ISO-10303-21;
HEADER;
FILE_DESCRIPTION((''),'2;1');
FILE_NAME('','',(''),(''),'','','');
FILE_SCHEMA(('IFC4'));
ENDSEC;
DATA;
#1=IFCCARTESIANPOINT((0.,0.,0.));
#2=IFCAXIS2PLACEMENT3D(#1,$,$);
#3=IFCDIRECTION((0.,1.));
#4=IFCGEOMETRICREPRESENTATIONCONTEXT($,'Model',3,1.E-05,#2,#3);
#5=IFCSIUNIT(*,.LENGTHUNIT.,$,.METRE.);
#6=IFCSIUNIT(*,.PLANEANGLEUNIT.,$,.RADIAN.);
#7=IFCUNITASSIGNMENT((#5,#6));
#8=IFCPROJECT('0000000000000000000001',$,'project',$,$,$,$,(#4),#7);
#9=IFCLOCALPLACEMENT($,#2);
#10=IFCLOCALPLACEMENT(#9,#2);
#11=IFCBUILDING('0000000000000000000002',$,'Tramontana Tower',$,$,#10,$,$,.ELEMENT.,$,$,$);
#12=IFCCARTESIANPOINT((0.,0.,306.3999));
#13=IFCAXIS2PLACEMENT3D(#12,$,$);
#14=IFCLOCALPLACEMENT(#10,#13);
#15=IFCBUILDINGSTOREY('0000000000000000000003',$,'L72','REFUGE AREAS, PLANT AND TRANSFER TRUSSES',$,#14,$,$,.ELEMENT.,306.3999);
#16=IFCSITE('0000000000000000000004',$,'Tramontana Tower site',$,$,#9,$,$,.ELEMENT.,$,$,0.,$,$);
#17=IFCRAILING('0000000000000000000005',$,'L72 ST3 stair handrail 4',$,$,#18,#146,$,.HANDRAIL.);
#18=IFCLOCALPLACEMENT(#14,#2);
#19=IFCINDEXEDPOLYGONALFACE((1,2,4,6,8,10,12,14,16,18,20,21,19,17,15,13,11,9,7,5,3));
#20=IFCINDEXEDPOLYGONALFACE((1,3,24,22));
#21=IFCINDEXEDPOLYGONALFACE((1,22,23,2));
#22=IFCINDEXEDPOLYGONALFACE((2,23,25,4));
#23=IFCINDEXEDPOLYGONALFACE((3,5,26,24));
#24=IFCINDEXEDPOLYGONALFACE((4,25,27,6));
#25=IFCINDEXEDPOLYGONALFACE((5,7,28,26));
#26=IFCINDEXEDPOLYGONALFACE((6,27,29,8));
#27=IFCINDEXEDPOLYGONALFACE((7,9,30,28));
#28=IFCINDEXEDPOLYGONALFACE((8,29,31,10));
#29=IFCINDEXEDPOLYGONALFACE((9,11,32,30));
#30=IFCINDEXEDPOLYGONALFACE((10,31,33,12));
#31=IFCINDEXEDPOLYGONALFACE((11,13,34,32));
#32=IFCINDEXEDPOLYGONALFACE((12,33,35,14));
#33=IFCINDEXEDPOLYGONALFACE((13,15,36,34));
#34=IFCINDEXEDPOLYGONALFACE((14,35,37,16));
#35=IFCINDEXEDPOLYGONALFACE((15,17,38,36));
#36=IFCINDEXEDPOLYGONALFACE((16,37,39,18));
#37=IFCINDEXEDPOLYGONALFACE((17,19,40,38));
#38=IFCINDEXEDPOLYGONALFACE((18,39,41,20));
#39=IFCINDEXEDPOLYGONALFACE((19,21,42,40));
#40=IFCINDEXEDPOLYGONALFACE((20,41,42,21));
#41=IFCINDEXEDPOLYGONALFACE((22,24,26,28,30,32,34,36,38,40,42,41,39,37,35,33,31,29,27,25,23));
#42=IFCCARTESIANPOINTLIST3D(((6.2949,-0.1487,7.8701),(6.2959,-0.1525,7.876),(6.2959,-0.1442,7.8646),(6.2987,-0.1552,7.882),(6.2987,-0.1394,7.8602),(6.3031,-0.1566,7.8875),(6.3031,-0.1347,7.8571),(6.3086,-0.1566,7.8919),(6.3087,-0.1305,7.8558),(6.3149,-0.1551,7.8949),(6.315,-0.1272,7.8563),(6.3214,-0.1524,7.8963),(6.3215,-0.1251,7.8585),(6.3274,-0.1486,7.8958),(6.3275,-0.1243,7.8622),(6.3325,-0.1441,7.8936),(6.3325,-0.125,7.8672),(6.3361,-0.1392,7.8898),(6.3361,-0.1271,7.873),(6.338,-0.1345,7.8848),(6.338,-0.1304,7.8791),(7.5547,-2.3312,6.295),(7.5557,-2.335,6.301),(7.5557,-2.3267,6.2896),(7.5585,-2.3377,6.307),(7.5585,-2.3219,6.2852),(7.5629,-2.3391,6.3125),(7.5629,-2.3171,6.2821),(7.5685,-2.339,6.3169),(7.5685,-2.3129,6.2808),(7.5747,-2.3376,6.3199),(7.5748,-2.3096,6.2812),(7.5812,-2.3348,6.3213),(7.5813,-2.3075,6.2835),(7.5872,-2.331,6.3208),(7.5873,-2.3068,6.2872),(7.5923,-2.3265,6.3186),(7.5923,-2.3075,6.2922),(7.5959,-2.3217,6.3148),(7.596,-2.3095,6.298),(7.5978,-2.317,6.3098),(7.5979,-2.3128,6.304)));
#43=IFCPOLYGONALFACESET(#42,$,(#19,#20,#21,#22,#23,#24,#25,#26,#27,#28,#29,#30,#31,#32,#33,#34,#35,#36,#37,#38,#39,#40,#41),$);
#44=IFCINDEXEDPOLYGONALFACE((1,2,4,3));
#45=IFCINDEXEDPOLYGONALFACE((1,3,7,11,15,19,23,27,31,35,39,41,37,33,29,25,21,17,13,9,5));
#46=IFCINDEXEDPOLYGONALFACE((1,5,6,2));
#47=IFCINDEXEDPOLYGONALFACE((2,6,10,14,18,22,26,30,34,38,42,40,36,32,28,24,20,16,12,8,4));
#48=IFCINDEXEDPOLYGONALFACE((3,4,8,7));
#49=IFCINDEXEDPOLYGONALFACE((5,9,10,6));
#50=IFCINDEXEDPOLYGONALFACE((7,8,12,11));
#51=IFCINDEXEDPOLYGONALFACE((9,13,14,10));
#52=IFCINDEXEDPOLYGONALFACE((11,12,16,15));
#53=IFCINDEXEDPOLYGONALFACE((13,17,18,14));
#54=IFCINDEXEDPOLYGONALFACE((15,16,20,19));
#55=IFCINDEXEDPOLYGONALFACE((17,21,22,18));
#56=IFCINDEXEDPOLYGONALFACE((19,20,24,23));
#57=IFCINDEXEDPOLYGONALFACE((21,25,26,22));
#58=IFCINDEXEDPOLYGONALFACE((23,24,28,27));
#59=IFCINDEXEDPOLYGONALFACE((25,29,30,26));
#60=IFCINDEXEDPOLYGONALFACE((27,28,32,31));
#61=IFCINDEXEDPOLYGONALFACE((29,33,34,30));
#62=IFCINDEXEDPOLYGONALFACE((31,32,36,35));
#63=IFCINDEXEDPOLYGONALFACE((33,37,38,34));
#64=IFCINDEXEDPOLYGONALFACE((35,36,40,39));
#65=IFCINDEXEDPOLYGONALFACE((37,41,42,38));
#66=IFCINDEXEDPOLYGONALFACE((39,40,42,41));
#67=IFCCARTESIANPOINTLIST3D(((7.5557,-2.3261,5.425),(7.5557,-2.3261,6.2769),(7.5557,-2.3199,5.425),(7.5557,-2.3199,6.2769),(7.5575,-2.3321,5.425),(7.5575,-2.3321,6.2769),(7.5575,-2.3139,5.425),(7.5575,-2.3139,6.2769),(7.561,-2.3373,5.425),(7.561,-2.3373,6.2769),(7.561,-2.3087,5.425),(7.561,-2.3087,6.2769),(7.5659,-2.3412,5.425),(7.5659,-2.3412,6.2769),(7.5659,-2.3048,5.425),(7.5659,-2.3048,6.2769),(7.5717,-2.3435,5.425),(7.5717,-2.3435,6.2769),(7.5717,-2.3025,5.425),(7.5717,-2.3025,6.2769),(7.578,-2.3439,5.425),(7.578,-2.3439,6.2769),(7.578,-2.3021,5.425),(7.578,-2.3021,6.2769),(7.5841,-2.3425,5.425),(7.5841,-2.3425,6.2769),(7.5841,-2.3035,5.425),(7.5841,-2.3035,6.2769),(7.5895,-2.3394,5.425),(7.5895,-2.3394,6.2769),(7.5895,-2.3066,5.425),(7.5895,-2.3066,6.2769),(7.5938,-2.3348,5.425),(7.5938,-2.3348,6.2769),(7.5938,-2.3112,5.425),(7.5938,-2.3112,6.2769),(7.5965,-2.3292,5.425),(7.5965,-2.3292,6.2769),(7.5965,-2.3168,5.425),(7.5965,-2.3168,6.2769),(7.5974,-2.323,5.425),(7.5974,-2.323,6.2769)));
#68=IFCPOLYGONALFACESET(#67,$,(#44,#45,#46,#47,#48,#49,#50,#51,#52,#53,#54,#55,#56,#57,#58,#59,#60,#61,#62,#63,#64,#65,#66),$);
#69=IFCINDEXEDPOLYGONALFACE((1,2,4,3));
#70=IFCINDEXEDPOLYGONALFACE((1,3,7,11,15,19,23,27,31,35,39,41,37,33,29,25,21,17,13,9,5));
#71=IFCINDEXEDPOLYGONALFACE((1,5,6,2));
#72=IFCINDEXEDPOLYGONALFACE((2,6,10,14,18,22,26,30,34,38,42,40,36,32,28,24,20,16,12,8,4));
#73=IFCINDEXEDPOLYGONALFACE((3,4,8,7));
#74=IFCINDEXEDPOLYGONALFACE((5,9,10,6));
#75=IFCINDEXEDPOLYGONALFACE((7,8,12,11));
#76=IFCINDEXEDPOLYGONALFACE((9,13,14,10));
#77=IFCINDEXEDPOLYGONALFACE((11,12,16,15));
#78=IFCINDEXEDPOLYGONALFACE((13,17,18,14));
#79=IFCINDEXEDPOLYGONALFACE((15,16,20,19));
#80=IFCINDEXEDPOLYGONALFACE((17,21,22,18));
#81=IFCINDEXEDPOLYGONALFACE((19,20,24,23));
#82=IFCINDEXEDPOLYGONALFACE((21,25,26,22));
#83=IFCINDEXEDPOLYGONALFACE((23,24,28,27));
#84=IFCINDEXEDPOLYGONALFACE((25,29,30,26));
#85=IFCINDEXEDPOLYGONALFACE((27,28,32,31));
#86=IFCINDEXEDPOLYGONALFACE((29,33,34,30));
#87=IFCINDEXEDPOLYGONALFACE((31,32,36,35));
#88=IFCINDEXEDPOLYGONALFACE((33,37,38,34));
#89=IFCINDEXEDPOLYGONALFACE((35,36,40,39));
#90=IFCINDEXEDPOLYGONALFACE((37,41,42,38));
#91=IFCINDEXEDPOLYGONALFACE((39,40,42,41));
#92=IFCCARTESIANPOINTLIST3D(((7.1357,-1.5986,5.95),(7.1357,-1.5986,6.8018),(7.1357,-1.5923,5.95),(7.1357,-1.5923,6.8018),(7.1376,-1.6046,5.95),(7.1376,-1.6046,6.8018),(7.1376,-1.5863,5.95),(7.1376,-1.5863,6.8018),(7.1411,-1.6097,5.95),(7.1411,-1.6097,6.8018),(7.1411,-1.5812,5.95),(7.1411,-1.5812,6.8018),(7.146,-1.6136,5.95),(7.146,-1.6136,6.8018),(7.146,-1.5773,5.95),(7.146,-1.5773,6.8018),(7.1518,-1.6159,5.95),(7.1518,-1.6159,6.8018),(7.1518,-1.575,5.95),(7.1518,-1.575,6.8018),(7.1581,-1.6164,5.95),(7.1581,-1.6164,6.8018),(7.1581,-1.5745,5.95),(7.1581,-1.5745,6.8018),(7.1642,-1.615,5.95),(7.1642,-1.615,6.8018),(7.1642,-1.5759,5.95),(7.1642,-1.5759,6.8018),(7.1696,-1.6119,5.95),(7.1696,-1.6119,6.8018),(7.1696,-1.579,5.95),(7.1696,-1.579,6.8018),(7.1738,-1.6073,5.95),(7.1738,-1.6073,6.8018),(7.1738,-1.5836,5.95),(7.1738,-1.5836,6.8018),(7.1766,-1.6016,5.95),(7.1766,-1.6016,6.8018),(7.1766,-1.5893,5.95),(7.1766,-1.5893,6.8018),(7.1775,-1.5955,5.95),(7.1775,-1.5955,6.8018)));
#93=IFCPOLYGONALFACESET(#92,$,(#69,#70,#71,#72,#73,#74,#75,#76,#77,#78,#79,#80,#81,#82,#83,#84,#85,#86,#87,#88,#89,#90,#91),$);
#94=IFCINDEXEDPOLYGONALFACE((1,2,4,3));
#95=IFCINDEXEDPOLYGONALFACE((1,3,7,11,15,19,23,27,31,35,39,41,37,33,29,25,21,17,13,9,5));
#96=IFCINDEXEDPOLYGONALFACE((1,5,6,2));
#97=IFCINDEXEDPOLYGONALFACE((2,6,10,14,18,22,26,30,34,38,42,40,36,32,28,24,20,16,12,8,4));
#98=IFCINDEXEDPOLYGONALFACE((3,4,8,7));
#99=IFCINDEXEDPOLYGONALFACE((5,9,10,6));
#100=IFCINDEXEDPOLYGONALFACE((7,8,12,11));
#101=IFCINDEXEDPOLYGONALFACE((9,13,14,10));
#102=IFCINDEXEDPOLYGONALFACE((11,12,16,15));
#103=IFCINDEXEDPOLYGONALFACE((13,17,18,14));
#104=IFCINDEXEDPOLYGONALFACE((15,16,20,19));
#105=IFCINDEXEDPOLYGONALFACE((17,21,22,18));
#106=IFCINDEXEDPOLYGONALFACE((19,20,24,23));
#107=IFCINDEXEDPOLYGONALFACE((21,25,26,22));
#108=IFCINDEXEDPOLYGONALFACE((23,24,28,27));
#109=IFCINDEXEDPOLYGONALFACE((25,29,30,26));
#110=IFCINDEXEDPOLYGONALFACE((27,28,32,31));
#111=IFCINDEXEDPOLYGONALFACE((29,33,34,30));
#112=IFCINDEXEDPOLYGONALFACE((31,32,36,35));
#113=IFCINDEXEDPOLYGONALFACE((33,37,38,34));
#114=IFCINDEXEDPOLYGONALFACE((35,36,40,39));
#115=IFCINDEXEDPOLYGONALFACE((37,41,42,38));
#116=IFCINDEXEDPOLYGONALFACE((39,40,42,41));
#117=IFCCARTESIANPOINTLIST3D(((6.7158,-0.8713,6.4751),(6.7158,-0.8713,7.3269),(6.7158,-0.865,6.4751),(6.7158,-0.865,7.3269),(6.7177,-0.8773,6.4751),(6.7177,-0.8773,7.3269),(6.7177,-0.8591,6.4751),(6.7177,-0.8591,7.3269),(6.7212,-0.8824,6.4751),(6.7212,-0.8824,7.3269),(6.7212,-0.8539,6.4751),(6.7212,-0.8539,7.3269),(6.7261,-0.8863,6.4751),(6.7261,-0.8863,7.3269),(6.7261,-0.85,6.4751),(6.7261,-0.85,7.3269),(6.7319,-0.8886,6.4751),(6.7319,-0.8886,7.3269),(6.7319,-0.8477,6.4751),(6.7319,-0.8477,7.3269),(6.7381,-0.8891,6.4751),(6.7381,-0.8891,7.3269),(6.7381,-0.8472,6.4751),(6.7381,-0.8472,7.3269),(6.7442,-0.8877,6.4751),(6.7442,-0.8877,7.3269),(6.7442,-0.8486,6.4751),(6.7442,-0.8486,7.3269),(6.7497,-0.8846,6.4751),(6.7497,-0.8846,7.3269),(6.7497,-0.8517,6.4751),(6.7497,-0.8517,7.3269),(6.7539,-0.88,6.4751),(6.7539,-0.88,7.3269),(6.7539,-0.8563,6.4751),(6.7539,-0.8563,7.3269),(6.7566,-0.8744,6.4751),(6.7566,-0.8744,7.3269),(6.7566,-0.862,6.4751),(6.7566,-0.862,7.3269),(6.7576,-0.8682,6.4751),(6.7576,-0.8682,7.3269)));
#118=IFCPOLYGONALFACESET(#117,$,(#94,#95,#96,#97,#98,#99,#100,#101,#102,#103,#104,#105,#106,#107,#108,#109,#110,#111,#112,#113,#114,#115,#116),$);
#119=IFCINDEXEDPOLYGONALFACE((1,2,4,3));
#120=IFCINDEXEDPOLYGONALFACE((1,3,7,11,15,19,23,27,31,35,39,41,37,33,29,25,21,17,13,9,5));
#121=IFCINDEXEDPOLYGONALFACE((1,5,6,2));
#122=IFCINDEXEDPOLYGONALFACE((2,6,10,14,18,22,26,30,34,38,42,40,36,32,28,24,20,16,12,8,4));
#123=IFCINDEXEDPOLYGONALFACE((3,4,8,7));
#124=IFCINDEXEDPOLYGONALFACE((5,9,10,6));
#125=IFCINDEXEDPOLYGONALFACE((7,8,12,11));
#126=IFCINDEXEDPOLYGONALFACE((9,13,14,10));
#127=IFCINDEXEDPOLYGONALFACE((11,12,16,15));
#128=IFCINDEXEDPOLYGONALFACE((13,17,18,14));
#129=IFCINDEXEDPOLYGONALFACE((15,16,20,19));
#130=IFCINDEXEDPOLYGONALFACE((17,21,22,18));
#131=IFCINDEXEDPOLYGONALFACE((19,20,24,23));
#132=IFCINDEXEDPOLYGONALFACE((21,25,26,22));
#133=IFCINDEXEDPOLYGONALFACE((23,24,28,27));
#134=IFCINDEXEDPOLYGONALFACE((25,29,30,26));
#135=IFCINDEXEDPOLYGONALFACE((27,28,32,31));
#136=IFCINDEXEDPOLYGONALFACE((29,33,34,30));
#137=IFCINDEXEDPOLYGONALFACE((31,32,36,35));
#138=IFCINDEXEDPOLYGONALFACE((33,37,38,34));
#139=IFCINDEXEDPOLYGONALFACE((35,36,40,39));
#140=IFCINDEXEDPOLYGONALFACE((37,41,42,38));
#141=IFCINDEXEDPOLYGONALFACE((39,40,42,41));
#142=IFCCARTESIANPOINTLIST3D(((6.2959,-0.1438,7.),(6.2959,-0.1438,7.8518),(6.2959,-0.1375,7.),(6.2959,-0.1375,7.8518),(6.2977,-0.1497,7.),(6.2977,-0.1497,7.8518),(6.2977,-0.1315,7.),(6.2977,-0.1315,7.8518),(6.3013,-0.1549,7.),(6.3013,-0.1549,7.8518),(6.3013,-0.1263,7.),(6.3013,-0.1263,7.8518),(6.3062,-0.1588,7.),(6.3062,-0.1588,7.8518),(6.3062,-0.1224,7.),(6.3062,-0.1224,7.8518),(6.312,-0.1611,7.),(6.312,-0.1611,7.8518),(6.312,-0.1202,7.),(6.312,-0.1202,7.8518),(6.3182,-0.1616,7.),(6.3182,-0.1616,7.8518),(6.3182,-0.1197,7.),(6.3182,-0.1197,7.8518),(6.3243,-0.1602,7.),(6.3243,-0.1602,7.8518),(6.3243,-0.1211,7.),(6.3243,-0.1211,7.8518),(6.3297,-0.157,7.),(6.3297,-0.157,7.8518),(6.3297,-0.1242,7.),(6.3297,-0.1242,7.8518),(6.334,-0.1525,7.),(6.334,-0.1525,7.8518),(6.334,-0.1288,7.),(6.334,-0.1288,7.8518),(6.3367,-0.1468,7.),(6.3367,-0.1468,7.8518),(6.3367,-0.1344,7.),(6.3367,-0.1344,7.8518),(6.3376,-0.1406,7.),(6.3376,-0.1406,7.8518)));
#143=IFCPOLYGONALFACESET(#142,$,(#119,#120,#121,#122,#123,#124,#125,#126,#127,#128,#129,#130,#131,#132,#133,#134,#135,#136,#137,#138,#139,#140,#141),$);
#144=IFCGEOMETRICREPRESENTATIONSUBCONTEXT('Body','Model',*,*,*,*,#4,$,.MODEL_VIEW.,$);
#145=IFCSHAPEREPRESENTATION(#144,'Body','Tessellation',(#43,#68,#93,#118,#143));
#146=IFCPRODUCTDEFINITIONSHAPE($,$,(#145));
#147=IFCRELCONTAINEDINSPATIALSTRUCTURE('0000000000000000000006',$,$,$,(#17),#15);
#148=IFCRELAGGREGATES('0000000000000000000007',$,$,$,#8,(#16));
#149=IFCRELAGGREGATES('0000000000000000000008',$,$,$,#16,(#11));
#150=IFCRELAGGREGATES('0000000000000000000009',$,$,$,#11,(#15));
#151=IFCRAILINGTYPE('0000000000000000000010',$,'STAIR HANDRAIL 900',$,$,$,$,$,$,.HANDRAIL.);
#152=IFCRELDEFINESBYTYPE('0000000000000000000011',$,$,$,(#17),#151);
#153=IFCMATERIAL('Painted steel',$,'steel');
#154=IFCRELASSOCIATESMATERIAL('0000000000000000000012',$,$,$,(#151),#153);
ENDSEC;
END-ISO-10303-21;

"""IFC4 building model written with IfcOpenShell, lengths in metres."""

from ifc_helpers import new_model, si_unit, direction, frame, origin, origin_2d, place, context, subcontext, project, spatial, circle, extrude, material, type_object, element, save


model = new_model("IFC4")

# Units and contexts
model_context = context("Model", 3, precision=1e-05, world=origin(), true_north=direction((0.0, 1.0)))
body_context = subcontext(model_context, "Body", "Model", "MODEL_VIEW")
ifc_project = project(units=[si_unit("LENGTHUNIT", "METRE"), si_unit("PLANEANGLEUNIT", "RADIAN")], contexts=[model_context])

# Site, building, storey
site_placement = place(None, origin())
site = spatial("IfcSite", under=ifc_project, at=site_placement, Name="Tramontana Tower site", CompositionType="ELEMENT", RefElevation=0.0)
building_placement = place(site_placement, origin())
building = spatial("IfcBuilding", under=site, at=building_placement, Name="Tramontana Tower", CompositionType="ELEMENT")
storey_placement = place(building_placement, frame((0.0, 0.0, 306.3999)))
storey = spatial("IfcBuildingStorey", under=building, at=storey_placement, Name="L72", Description="REFUGE AREAS, PLANT AND TRANSFER TRUSSES", CompositionType="ELEMENT", Elevation=306.3999)

# Railing
ifc_material_1 = material(Name="Painted steel", Category="steel")
railing_type_1 = type_object("IfcRailingType", Name="STAIR HANDRAIL 900", PredefinedType="HANDRAIL", material=ifc_material_1)
for number, where, name in (
    (1, (7.5764, -2.323, 5.425), "L72 ST3 stair handrail 4"),
):
    element("IfcRailing", number, at=place(storey_placement, frame(where)), inside=storey, type_object=railing_type_1, Name=name, PredefinedType="HANDRAIL", context=body_context, shape_type="SweptSolid", body=[
        extrude(circle(Radius=0.0239, at=origin_2d()), frame((0.0, 0.0, 0.876), z_axis=(-0.423939, 0.734417, 0.530006), x_axis=(-0.866065, -0.499932, 0.0)), (0.0, 0.0, 1.0), 2.9717),
        extrude(circle(Radius=0.021, at=origin_2d()), origin(), (0.0, 0.0, 1.0), 0.8518),
        extrude(circle(Radius=0.021, at=origin_2d()), frame((-0.4199, 0.7275, 0.5249)), (0.0, 0.0, 1.0), 0.8518),
        extrude(circle(Radius=0.021, at=origin_2d()), frame((-0.8398, 1.4548, 1.05)), (0.0, 0.0, 1.0), 0.8518),
        extrude(circle(Radius=0.021, at=origin_2d()), frame((-1.2598, 2.1824, 1.575)), (0.0, 0.0, 1.0), 0.8518),
    ])

save(model, "model.ifc")
